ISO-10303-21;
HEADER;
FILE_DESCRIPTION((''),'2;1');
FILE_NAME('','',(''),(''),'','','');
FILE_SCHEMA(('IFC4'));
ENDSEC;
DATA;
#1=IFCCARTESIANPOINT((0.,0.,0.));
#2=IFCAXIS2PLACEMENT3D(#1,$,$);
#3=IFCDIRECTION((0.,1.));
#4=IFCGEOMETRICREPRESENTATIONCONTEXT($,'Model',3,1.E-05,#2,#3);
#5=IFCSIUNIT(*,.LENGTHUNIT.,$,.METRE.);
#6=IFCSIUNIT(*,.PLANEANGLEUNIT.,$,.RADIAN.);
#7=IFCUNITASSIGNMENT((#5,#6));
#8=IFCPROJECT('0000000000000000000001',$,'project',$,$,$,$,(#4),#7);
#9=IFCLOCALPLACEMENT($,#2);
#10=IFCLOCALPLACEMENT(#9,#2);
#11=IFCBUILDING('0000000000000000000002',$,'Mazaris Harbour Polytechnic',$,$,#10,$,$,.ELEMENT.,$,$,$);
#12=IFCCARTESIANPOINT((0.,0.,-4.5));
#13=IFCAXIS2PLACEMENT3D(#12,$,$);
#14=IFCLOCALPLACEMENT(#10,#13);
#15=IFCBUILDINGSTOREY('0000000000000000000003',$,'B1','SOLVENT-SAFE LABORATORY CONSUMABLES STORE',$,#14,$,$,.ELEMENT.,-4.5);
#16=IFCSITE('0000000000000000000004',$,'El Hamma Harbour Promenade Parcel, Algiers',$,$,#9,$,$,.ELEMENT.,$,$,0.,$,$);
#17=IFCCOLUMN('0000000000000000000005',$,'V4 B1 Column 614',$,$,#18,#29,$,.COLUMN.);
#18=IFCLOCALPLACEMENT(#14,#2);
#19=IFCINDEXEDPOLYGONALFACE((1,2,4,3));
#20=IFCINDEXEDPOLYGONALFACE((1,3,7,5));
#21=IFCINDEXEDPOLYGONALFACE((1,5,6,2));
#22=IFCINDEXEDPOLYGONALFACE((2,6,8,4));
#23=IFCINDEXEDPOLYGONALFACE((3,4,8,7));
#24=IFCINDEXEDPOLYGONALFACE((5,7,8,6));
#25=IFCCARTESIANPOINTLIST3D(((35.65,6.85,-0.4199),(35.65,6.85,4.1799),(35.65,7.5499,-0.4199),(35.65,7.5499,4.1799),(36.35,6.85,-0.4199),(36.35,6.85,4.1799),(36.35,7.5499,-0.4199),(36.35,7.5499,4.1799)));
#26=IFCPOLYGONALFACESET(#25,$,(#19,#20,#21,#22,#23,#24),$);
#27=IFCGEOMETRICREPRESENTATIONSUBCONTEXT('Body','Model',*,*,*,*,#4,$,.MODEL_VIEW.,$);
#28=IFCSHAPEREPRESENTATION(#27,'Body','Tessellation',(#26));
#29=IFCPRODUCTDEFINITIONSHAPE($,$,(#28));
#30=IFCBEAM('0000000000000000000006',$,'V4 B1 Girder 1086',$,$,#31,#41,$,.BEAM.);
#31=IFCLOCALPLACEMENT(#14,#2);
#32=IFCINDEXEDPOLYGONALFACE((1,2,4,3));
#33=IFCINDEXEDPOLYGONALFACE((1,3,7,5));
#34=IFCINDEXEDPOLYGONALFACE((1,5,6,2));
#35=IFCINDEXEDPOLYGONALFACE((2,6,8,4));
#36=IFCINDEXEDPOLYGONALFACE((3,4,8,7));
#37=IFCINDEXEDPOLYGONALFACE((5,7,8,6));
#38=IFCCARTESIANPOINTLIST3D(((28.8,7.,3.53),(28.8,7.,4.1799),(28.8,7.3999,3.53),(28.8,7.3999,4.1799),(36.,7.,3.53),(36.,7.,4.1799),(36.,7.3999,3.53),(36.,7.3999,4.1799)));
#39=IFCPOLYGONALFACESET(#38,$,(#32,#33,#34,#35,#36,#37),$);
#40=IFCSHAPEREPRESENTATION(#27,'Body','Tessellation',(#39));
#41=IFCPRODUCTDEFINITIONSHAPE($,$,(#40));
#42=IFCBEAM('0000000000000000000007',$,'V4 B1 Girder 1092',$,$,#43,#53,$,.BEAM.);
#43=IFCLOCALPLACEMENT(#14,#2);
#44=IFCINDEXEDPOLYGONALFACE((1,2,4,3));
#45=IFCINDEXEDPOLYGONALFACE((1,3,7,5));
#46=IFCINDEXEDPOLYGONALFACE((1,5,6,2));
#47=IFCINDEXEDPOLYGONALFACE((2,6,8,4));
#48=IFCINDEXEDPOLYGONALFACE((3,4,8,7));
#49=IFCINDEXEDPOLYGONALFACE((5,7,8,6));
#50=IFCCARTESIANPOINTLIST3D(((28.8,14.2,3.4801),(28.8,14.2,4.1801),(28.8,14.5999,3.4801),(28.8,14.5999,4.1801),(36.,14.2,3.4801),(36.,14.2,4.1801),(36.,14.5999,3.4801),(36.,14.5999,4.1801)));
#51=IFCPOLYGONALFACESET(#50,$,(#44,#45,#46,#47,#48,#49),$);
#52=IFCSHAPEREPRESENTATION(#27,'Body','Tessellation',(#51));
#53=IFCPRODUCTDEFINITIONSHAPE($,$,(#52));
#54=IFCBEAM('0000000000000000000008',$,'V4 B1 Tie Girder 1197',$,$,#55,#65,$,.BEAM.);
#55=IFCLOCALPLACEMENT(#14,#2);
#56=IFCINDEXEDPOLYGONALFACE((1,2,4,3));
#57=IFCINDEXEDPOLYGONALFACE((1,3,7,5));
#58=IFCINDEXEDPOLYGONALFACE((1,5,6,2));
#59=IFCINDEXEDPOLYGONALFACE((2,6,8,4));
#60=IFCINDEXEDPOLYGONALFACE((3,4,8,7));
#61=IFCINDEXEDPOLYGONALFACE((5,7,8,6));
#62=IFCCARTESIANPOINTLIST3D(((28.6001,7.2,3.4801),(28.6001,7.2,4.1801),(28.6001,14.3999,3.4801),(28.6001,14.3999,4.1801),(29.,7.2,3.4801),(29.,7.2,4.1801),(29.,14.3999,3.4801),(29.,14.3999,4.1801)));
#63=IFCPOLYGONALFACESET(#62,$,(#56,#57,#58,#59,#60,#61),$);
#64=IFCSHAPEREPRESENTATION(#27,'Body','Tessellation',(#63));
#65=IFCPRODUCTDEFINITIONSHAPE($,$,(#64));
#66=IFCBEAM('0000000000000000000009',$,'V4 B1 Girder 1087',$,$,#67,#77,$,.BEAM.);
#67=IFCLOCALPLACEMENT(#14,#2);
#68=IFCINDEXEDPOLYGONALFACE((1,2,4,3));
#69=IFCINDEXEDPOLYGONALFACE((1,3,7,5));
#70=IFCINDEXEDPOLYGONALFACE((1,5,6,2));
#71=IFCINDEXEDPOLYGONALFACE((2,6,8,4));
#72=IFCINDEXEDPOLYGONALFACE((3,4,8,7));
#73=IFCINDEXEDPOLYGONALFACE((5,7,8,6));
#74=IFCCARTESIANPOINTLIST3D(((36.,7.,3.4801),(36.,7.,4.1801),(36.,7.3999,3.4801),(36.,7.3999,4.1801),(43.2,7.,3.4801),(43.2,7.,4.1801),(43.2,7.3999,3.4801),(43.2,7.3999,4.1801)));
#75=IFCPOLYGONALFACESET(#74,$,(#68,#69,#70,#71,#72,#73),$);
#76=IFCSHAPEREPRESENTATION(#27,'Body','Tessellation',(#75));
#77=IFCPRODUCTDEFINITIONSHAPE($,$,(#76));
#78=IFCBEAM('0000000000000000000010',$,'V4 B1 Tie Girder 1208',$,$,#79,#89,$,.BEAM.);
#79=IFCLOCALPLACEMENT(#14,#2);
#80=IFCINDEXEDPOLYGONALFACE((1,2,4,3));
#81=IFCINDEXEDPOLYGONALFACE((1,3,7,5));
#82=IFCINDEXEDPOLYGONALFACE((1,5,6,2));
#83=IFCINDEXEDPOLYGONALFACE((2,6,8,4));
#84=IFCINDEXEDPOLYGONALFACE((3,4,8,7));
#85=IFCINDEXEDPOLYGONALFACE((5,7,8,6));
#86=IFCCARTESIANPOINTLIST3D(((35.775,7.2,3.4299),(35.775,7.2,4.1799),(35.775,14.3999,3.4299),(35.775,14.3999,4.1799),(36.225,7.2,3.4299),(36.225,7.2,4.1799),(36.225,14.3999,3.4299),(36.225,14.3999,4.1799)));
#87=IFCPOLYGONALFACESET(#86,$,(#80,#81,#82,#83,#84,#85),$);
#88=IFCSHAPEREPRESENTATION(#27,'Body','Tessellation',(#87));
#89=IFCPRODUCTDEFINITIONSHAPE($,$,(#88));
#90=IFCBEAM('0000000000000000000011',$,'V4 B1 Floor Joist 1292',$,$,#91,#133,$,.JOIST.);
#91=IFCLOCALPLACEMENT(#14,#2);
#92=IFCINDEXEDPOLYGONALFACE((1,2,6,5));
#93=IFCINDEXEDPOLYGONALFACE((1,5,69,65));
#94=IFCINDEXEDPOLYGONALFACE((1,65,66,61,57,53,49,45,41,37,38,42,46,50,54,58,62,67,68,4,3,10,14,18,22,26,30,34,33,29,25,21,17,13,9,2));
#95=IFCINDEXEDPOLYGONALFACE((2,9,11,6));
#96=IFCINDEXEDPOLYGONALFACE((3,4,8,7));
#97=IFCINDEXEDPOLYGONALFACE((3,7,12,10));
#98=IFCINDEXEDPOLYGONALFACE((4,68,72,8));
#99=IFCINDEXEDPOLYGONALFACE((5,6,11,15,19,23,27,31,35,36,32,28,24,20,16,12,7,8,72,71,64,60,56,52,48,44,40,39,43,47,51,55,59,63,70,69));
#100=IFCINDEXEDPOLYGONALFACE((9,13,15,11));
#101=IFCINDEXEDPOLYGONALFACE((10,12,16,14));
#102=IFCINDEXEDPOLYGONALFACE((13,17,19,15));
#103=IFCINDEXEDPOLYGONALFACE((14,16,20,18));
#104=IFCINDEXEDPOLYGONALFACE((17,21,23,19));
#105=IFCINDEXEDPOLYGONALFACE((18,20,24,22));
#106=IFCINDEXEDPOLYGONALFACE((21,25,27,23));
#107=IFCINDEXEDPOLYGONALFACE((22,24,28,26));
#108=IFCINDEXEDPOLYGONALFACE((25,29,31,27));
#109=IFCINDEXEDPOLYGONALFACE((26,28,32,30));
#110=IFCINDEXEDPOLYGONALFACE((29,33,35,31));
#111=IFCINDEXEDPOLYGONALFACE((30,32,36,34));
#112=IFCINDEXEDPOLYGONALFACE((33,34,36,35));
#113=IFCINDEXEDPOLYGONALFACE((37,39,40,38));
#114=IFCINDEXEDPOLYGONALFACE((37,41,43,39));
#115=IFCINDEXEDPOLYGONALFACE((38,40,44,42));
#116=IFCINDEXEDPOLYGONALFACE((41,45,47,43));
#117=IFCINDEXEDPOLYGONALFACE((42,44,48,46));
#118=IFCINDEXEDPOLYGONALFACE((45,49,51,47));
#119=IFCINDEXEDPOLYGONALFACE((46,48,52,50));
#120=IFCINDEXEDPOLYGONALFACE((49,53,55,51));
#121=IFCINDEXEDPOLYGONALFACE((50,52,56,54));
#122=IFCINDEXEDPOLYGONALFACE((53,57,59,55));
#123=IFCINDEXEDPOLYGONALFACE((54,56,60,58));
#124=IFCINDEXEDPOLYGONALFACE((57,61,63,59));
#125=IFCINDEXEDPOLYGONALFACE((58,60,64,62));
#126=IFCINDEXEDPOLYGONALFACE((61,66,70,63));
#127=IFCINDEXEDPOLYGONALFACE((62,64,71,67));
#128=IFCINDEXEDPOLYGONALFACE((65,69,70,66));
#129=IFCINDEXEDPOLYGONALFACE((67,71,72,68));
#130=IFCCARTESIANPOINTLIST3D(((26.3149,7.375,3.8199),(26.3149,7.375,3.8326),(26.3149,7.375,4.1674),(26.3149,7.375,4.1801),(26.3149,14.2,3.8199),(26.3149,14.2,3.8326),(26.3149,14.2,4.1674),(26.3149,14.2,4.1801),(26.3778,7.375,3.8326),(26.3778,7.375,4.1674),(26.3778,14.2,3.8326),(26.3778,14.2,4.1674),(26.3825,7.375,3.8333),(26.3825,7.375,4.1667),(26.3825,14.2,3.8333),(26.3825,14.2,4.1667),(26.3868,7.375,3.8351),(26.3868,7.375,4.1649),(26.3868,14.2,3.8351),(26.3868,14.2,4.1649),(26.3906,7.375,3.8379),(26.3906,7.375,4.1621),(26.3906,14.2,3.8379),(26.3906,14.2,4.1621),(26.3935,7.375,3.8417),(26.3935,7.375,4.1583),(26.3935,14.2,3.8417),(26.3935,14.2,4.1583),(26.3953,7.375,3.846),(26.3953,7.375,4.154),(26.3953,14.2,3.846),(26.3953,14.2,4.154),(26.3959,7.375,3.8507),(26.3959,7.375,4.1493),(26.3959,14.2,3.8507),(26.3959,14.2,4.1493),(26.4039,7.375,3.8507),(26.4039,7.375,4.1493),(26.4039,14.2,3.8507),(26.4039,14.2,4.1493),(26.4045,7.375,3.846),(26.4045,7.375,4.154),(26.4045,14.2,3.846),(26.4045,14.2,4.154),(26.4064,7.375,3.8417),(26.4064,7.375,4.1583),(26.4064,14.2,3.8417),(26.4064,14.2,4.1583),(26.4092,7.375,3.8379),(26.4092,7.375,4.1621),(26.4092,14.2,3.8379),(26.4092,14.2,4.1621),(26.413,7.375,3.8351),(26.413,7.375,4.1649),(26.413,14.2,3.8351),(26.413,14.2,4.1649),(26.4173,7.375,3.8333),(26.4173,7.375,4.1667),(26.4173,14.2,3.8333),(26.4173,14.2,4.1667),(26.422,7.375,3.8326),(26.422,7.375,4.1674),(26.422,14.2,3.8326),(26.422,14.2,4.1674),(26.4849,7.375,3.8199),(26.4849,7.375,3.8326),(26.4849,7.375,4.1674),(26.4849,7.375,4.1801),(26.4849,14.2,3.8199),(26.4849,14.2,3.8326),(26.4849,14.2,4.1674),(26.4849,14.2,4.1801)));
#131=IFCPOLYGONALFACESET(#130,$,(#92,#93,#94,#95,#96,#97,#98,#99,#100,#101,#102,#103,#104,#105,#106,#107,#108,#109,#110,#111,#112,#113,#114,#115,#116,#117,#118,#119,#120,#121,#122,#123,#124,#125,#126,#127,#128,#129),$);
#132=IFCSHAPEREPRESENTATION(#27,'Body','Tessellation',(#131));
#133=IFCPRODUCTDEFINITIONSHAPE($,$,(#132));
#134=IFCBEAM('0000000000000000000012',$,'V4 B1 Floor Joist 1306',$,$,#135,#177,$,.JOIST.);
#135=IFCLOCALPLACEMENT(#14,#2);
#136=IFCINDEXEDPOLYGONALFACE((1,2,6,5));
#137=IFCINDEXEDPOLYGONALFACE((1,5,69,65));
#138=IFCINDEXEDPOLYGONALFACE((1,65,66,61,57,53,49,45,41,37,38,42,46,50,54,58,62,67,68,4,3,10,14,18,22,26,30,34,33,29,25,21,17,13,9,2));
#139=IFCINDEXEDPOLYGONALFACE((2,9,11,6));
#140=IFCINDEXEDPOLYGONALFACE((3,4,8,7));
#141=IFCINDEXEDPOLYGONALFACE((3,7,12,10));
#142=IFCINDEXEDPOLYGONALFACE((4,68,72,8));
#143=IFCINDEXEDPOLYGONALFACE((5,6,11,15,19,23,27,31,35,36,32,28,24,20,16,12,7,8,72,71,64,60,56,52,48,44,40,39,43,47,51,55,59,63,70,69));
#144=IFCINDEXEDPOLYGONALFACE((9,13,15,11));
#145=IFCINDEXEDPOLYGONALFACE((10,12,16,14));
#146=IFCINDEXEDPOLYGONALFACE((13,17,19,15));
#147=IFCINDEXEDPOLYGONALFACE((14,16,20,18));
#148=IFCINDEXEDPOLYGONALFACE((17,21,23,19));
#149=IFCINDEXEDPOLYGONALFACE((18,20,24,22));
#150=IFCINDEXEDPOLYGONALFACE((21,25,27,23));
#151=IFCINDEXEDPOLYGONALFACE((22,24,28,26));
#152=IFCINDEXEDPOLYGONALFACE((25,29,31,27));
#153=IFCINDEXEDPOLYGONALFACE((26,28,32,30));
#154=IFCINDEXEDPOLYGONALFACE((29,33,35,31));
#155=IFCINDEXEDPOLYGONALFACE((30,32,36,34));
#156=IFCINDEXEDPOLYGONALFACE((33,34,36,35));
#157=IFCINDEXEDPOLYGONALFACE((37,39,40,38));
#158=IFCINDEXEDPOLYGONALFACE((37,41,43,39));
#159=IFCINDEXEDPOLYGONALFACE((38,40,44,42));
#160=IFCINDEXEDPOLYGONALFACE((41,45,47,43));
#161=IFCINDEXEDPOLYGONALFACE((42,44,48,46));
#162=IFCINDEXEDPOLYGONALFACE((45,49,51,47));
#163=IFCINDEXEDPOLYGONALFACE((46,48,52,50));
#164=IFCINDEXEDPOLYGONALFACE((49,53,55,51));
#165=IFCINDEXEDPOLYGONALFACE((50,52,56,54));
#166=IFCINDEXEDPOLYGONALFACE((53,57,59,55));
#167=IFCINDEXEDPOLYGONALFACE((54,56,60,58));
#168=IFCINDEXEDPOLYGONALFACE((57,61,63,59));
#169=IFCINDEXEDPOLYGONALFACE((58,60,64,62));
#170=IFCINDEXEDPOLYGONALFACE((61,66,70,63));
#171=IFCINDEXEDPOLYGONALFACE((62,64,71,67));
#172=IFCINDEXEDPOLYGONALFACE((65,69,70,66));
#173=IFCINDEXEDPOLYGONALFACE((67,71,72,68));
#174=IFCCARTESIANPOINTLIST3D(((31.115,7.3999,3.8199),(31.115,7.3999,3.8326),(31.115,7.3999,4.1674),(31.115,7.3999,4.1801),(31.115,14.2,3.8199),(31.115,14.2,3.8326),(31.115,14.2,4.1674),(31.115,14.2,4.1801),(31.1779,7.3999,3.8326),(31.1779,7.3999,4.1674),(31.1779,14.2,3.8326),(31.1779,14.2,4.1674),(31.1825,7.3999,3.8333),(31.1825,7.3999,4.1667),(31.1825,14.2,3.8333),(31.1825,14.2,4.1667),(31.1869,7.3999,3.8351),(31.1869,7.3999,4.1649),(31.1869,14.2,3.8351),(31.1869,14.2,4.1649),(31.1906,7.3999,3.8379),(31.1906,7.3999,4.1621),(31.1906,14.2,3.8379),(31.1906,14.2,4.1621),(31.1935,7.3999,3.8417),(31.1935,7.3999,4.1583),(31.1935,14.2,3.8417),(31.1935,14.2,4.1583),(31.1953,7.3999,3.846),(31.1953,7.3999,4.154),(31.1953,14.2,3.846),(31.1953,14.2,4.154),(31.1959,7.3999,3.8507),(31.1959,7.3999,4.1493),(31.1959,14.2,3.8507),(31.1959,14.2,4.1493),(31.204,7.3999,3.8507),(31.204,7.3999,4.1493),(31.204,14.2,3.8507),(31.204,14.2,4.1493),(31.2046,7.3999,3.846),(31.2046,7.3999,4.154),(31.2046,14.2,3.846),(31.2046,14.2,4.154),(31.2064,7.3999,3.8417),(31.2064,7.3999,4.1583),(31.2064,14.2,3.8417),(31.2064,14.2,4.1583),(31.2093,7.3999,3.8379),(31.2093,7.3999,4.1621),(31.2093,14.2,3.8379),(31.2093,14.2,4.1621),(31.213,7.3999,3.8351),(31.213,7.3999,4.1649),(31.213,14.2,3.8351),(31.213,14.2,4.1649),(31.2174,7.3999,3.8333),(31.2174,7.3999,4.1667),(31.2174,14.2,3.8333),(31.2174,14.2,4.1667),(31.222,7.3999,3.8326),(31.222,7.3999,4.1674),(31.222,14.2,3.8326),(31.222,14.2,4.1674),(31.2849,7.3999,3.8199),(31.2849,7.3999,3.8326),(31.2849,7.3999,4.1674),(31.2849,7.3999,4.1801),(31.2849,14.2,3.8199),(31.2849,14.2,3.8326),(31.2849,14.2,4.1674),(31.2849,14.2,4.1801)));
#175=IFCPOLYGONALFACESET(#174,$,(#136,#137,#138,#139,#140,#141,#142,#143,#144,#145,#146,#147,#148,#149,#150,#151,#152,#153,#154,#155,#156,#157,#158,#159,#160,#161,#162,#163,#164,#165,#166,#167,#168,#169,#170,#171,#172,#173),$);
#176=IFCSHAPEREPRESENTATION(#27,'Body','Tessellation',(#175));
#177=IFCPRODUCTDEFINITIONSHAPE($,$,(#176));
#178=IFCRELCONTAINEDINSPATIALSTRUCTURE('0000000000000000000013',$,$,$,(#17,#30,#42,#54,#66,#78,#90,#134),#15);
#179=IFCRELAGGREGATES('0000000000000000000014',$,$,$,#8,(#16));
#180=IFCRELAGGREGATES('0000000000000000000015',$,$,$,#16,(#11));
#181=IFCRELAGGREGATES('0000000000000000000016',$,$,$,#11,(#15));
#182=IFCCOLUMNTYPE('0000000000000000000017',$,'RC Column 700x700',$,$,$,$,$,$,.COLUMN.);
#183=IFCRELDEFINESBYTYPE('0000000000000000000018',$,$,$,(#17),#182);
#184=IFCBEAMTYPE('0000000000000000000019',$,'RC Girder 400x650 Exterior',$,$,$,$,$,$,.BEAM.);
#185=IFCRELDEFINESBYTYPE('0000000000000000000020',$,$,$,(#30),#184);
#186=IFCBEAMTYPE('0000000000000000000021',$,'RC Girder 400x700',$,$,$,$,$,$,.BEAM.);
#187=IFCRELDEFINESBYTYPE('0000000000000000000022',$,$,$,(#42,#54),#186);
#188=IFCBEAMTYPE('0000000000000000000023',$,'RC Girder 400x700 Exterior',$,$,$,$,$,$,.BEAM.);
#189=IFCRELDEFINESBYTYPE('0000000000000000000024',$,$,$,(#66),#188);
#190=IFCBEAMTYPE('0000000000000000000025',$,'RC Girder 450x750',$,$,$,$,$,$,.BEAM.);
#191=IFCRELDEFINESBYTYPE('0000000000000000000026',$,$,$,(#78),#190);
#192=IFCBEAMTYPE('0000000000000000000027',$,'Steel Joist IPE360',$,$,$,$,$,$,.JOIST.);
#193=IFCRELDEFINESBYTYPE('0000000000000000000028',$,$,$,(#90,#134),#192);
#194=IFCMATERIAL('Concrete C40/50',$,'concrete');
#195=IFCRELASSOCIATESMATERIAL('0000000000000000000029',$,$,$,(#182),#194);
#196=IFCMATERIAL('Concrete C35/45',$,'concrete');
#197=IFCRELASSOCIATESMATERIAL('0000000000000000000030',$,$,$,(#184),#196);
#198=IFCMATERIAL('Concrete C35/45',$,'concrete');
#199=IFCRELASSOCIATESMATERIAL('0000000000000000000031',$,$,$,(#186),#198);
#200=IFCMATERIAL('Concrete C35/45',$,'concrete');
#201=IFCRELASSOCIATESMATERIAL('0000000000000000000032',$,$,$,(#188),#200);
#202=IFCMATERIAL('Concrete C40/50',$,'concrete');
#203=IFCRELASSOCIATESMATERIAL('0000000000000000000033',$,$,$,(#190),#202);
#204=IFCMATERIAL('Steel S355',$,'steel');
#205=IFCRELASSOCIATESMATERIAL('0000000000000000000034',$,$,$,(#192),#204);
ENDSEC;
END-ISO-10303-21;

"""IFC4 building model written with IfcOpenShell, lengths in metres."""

from ifc_helpers import new_model, si_unit, direction, frame, origin, origin_2d, place, context, subcontext, project, spatial, rectangle, i_section, extrude, material, material_profile, profile_set, type_object, element, save


model = new_model("IFC4")

# Units and contexts
model_context = context("Model", 3, precision=1e-05, world=origin(), true_north=direction((0.0, 1.0)))
body_context = subcontext(model_context, "Body", "Model", "MODEL_VIEW")
ifc_project = project(units=[si_unit("LENGTHUNIT", "METRE"), si_unit("PLANEANGLEUNIT", "RADIAN")], contexts=[model_context])

# Site, building, storey
site_placement = place(None, origin())
site = spatial("IfcSite", under=ifc_project, at=site_placement, Name="El Hamma Harbour Promenade Parcel, Algiers", CompositionType="ELEMENT", RefElevation=0.0)
building_placement = place(site_placement, origin())
building = spatial("IfcBuilding", under=site, at=building_placement, Name="Mazaris Harbour Polytechnic", CompositionType="ELEMENT")
storey_placement = place(building_placement, frame((0.0, 0.0, -4.5)))
storey = spatial("IfcBuildingStorey", under=building, at=storey_placement, Name="B1", Description="SOLVENT-SAFE LABORATORY CONSUMABLES STORE", CompositionType="ELEMENT", Elevation=-4.5)

# Column
ifc_material_1 = material(Name="Concrete C40/50", Category="concrete")
ifc_material_profile_1 = material_profile(ifc_material_1, rectangle(XDim=0.7, YDim=0.7, at=origin_2d()), Name="RECT700x700")
ifc_profile_set_1 = profile_set([ifc_material_profile_1], Name="Concrete C40/50")
column_type_1 = type_object("IfcColumnType", Name="RC Column 700x700", PredefinedType="COLUMN", material=ifc_profile_set_1)
column_1_placement = place(storey_placement, frame((36.0, 7.2, -0.4199), z_axis=(0.0, 0.0, 1.0), x_axis=(1.0, 0.0, 0.0)))
element("IfcColumn", 1, at=column_1_placement, inside=storey, type_object=column_type_1, Name="V4 B1 Column 614", PredefinedType="COLUMN", context=body_context, shape_type="SweptSolid", body=[
    extrude(rectangle(XDim=0.7, YDim=0.7, at=origin_2d()), origin(), (0.0, 0.0, 1.0), 4.5999),
])

# Beams
ifc_material_2 = material(Name="Concrete C35/45", Category="concrete")
ifc_material_profile_2 = material_profile(ifc_material_2, rectangle(XDim=0.3999, YDim=0.6499, at=origin_2d()), Name="RECT400x650")
ifc_profile_set_2 = profile_set([ifc_material_profile_2], Name="Concrete C35/45")
beam_type_1 = type_object("IfcBeamType", Name="RC Girder 400x650 Exterior", PredefinedType="BEAM", material=ifc_profile_set_2)
beam_1_placement = place(storey_placement, frame((28.8, 7.2, 3.855), z_axis=(1.0, 0.0, 0.0), x_axis=(0.0, 1.0, 0.0)))
element("IfcBeam", 2, at=beam_1_placement, inside=storey, type_object=beam_type_1, Name="V4 B1 Girder 1086", PredefinedType="BEAM", context=body_context, shape_type="SweptSolid", body=[
    extrude(rectangle(XDim=0.3999, YDim=0.6499, at=origin_2d()), origin(), (0.0, 0.0, 1.0), 7.2),
])
ifc_material_3 = material(Name="Concrete C35/45", Category="concrete")
ifc_material_profile_3 = material_profile(ifc_material_3, rectangle(XDim=0.3999, YDim=0.7, at=origin_2d()), Name="RECT400x700")
ifc_profile_set_3 = profile_set([ifc_material_profile_3], Name="Concrete C35/45")
beam_type_2 = type_object("IfcBeamType", Name="RC Girder 400x700", PredefinedType="BEAM", material=ifc_profile_set_3)
for number, where, z_axis, x_axis, name in (
    (3, (28.8, 14.3999, 3.8301), (1.0, 0.0, 0.0), (0.0, 1.0, 0.0), "V4 B1 Girder 1092"),
    (4, (28.8, 7.2, 3.8301), (0.0, 1.0, 0.0), (-1.0, 0.0, 0.0), "V4 B1 Tie Girder 1197"),
):
    element("IfcBeam", number, at=place(storey_placement, frame(where, z_axis=z_axis, x_axis=x_axis)), inside=storey, type_object=beam_type_2, Name=name, PredefinedType="BEAM", context=body_context, shape_type="SweptSolid", body=[
        extrude(rectangle(XDim=0.3999, YDim=0.7, at=origin_2d()), origin(), (0.0, 0.0, 1.0), 7.2),
    ])
ifc_material_4 = material(Name="Concrete C35/45", Category="concrete")
ifc_material_profile_4 = material_profile(ifc_material_4, rectangle(XDim=0.3999, YDim=0.7, at=origin_2d()), Name="RECT400x700")
ifc_profile_set_4 = profile_set([ifc_material_profile_4], Name="Concrete C35/45")
beam_type_3 = type_object("IfcBeamType", Name="RC Girder 400x700 Exterior", PredefinedType="BEAM", material=ifc_profile_set_4)
beam_2_placement = place(storey_placement, frame((36.0, 7.2, 3.8301), z_axis=(1.0, 0.0, 0.0), x_axis=(0.0, 1.0, 0.0)))
element("IfcBeam", 5, at=beam_2_placement, inside=storey, type_object=beam_type_3, Name="V4 B1 Girder 1087", PredefinedType="BEAM", context=body_context, shape_type="SweptSolid", body=[
    extrude(rectangle(XDim=0.3999, YDim=0.7, at=origin_2d()), origin(), (0.0, 0.0, 1.0), 7.2),
])
ifc_material_5 = material(Name="Concrete C40/50", Category="concrete")
ifc_material_profile_5 = material_profile(ifc_material_5, rectangle(XDim=0.45, YDim=0.75, at=origin_2d()), Name="RECT450x750")
ifc_profile_set_5 = profile_set([ifc_material_profile_5], Name="Concrete C40/50")
beam_type_4 = type_object("IfcBeamType", Name="RC Girder 450x750", PredefinedType="BEAM", material=ifc_profile_set_5)
beam_3_placement = place(storey_placement, frame((36.0, 7.2, 3.8049), z_axis=(0.0, 1.0, 0.0), x_axis=(-1.0, 0.0, 0.0)))
element("IfcBeam", 6, at=beam_3_placement, inside=storey, type_object=beam_type_4, Name="V4 B1 Tie Girder 1208", PredefinedType="BEAM", context=body_context, shape_type="SweptSolid", body=[
    extrude(rectangle(XDim=0.45, YDim=0.75, at=origin_2d()), origin(), (0.0, 0.0, 1.0), 7.2),
])
ifc_material_6 = material(Name="Steel S355", Category="steel")
ifc_material_profile_6 = material_profile(ifc_material_6, i_section(OverallWidth=0.1699, OverallDepth=0.3601, WebThickness=0.0081, FlangeThickness=0.0127, FilletRadius=0.0181, at=origin_2d()), Name="IPE 360")
ifc_profile_set_6 = profile_set([ifc_material_profile_6], Name="Steel S355")
beam_type_5 = type_object("IfcBeamType", Name="Steel Joist IPE360", PredefinedType="JOIST", material=ifc_profile_set_6)
beam_4_placement = place(storey_placement, frame((26.3999, 7.375, 4.0), z_axis=(0.0, 1.0, 0.0), x_axis=(-1.0, 0.0, 0.0)))
element("IfcBeam", 7, at=beam_4_placement, inside=storey, type_object=beam_type_5, Name="V4 B1 Floor Joist 1292", PredefinedType="JOIST", context=body_context, shape_type="SweptSolid", body=[
    extrude(i_section(OverallWidth=0.1699, OverallDepth=0.3601, WebThickness=0.0081, FlangeThickness=0.0127, FilletRadius=0.0181, at=origin_2d()), origin(), (0.0, 0.0, 1.0), 6.825),
])
beam_5_placement = place(storey_placement, frame((31.2, 7.3999, 4.0), z_axis=(0.0, 1.0, 0.0), x_axis=(-1.0, 0.0, 0.0)))
element("IfcBeam", 8, at=beam_5_placement, inside=storey, type_object=beam_type_5, Name="V4 B1 Floor Joist 1306", PredefinedType="JOIST", context=body_context, shape_type="SweptSolid", body=[
    extrude(i_section(OverallWidth=0.1699, OverallDepth=0.3601, WebThickness=0.0081, FlangeThickness=0.0127, FilletRadius=0.0181, at=origin_2d()), origin(), (0.0, 0.0, 1.0), 6.8),
])

save(model, "model.ifc")
